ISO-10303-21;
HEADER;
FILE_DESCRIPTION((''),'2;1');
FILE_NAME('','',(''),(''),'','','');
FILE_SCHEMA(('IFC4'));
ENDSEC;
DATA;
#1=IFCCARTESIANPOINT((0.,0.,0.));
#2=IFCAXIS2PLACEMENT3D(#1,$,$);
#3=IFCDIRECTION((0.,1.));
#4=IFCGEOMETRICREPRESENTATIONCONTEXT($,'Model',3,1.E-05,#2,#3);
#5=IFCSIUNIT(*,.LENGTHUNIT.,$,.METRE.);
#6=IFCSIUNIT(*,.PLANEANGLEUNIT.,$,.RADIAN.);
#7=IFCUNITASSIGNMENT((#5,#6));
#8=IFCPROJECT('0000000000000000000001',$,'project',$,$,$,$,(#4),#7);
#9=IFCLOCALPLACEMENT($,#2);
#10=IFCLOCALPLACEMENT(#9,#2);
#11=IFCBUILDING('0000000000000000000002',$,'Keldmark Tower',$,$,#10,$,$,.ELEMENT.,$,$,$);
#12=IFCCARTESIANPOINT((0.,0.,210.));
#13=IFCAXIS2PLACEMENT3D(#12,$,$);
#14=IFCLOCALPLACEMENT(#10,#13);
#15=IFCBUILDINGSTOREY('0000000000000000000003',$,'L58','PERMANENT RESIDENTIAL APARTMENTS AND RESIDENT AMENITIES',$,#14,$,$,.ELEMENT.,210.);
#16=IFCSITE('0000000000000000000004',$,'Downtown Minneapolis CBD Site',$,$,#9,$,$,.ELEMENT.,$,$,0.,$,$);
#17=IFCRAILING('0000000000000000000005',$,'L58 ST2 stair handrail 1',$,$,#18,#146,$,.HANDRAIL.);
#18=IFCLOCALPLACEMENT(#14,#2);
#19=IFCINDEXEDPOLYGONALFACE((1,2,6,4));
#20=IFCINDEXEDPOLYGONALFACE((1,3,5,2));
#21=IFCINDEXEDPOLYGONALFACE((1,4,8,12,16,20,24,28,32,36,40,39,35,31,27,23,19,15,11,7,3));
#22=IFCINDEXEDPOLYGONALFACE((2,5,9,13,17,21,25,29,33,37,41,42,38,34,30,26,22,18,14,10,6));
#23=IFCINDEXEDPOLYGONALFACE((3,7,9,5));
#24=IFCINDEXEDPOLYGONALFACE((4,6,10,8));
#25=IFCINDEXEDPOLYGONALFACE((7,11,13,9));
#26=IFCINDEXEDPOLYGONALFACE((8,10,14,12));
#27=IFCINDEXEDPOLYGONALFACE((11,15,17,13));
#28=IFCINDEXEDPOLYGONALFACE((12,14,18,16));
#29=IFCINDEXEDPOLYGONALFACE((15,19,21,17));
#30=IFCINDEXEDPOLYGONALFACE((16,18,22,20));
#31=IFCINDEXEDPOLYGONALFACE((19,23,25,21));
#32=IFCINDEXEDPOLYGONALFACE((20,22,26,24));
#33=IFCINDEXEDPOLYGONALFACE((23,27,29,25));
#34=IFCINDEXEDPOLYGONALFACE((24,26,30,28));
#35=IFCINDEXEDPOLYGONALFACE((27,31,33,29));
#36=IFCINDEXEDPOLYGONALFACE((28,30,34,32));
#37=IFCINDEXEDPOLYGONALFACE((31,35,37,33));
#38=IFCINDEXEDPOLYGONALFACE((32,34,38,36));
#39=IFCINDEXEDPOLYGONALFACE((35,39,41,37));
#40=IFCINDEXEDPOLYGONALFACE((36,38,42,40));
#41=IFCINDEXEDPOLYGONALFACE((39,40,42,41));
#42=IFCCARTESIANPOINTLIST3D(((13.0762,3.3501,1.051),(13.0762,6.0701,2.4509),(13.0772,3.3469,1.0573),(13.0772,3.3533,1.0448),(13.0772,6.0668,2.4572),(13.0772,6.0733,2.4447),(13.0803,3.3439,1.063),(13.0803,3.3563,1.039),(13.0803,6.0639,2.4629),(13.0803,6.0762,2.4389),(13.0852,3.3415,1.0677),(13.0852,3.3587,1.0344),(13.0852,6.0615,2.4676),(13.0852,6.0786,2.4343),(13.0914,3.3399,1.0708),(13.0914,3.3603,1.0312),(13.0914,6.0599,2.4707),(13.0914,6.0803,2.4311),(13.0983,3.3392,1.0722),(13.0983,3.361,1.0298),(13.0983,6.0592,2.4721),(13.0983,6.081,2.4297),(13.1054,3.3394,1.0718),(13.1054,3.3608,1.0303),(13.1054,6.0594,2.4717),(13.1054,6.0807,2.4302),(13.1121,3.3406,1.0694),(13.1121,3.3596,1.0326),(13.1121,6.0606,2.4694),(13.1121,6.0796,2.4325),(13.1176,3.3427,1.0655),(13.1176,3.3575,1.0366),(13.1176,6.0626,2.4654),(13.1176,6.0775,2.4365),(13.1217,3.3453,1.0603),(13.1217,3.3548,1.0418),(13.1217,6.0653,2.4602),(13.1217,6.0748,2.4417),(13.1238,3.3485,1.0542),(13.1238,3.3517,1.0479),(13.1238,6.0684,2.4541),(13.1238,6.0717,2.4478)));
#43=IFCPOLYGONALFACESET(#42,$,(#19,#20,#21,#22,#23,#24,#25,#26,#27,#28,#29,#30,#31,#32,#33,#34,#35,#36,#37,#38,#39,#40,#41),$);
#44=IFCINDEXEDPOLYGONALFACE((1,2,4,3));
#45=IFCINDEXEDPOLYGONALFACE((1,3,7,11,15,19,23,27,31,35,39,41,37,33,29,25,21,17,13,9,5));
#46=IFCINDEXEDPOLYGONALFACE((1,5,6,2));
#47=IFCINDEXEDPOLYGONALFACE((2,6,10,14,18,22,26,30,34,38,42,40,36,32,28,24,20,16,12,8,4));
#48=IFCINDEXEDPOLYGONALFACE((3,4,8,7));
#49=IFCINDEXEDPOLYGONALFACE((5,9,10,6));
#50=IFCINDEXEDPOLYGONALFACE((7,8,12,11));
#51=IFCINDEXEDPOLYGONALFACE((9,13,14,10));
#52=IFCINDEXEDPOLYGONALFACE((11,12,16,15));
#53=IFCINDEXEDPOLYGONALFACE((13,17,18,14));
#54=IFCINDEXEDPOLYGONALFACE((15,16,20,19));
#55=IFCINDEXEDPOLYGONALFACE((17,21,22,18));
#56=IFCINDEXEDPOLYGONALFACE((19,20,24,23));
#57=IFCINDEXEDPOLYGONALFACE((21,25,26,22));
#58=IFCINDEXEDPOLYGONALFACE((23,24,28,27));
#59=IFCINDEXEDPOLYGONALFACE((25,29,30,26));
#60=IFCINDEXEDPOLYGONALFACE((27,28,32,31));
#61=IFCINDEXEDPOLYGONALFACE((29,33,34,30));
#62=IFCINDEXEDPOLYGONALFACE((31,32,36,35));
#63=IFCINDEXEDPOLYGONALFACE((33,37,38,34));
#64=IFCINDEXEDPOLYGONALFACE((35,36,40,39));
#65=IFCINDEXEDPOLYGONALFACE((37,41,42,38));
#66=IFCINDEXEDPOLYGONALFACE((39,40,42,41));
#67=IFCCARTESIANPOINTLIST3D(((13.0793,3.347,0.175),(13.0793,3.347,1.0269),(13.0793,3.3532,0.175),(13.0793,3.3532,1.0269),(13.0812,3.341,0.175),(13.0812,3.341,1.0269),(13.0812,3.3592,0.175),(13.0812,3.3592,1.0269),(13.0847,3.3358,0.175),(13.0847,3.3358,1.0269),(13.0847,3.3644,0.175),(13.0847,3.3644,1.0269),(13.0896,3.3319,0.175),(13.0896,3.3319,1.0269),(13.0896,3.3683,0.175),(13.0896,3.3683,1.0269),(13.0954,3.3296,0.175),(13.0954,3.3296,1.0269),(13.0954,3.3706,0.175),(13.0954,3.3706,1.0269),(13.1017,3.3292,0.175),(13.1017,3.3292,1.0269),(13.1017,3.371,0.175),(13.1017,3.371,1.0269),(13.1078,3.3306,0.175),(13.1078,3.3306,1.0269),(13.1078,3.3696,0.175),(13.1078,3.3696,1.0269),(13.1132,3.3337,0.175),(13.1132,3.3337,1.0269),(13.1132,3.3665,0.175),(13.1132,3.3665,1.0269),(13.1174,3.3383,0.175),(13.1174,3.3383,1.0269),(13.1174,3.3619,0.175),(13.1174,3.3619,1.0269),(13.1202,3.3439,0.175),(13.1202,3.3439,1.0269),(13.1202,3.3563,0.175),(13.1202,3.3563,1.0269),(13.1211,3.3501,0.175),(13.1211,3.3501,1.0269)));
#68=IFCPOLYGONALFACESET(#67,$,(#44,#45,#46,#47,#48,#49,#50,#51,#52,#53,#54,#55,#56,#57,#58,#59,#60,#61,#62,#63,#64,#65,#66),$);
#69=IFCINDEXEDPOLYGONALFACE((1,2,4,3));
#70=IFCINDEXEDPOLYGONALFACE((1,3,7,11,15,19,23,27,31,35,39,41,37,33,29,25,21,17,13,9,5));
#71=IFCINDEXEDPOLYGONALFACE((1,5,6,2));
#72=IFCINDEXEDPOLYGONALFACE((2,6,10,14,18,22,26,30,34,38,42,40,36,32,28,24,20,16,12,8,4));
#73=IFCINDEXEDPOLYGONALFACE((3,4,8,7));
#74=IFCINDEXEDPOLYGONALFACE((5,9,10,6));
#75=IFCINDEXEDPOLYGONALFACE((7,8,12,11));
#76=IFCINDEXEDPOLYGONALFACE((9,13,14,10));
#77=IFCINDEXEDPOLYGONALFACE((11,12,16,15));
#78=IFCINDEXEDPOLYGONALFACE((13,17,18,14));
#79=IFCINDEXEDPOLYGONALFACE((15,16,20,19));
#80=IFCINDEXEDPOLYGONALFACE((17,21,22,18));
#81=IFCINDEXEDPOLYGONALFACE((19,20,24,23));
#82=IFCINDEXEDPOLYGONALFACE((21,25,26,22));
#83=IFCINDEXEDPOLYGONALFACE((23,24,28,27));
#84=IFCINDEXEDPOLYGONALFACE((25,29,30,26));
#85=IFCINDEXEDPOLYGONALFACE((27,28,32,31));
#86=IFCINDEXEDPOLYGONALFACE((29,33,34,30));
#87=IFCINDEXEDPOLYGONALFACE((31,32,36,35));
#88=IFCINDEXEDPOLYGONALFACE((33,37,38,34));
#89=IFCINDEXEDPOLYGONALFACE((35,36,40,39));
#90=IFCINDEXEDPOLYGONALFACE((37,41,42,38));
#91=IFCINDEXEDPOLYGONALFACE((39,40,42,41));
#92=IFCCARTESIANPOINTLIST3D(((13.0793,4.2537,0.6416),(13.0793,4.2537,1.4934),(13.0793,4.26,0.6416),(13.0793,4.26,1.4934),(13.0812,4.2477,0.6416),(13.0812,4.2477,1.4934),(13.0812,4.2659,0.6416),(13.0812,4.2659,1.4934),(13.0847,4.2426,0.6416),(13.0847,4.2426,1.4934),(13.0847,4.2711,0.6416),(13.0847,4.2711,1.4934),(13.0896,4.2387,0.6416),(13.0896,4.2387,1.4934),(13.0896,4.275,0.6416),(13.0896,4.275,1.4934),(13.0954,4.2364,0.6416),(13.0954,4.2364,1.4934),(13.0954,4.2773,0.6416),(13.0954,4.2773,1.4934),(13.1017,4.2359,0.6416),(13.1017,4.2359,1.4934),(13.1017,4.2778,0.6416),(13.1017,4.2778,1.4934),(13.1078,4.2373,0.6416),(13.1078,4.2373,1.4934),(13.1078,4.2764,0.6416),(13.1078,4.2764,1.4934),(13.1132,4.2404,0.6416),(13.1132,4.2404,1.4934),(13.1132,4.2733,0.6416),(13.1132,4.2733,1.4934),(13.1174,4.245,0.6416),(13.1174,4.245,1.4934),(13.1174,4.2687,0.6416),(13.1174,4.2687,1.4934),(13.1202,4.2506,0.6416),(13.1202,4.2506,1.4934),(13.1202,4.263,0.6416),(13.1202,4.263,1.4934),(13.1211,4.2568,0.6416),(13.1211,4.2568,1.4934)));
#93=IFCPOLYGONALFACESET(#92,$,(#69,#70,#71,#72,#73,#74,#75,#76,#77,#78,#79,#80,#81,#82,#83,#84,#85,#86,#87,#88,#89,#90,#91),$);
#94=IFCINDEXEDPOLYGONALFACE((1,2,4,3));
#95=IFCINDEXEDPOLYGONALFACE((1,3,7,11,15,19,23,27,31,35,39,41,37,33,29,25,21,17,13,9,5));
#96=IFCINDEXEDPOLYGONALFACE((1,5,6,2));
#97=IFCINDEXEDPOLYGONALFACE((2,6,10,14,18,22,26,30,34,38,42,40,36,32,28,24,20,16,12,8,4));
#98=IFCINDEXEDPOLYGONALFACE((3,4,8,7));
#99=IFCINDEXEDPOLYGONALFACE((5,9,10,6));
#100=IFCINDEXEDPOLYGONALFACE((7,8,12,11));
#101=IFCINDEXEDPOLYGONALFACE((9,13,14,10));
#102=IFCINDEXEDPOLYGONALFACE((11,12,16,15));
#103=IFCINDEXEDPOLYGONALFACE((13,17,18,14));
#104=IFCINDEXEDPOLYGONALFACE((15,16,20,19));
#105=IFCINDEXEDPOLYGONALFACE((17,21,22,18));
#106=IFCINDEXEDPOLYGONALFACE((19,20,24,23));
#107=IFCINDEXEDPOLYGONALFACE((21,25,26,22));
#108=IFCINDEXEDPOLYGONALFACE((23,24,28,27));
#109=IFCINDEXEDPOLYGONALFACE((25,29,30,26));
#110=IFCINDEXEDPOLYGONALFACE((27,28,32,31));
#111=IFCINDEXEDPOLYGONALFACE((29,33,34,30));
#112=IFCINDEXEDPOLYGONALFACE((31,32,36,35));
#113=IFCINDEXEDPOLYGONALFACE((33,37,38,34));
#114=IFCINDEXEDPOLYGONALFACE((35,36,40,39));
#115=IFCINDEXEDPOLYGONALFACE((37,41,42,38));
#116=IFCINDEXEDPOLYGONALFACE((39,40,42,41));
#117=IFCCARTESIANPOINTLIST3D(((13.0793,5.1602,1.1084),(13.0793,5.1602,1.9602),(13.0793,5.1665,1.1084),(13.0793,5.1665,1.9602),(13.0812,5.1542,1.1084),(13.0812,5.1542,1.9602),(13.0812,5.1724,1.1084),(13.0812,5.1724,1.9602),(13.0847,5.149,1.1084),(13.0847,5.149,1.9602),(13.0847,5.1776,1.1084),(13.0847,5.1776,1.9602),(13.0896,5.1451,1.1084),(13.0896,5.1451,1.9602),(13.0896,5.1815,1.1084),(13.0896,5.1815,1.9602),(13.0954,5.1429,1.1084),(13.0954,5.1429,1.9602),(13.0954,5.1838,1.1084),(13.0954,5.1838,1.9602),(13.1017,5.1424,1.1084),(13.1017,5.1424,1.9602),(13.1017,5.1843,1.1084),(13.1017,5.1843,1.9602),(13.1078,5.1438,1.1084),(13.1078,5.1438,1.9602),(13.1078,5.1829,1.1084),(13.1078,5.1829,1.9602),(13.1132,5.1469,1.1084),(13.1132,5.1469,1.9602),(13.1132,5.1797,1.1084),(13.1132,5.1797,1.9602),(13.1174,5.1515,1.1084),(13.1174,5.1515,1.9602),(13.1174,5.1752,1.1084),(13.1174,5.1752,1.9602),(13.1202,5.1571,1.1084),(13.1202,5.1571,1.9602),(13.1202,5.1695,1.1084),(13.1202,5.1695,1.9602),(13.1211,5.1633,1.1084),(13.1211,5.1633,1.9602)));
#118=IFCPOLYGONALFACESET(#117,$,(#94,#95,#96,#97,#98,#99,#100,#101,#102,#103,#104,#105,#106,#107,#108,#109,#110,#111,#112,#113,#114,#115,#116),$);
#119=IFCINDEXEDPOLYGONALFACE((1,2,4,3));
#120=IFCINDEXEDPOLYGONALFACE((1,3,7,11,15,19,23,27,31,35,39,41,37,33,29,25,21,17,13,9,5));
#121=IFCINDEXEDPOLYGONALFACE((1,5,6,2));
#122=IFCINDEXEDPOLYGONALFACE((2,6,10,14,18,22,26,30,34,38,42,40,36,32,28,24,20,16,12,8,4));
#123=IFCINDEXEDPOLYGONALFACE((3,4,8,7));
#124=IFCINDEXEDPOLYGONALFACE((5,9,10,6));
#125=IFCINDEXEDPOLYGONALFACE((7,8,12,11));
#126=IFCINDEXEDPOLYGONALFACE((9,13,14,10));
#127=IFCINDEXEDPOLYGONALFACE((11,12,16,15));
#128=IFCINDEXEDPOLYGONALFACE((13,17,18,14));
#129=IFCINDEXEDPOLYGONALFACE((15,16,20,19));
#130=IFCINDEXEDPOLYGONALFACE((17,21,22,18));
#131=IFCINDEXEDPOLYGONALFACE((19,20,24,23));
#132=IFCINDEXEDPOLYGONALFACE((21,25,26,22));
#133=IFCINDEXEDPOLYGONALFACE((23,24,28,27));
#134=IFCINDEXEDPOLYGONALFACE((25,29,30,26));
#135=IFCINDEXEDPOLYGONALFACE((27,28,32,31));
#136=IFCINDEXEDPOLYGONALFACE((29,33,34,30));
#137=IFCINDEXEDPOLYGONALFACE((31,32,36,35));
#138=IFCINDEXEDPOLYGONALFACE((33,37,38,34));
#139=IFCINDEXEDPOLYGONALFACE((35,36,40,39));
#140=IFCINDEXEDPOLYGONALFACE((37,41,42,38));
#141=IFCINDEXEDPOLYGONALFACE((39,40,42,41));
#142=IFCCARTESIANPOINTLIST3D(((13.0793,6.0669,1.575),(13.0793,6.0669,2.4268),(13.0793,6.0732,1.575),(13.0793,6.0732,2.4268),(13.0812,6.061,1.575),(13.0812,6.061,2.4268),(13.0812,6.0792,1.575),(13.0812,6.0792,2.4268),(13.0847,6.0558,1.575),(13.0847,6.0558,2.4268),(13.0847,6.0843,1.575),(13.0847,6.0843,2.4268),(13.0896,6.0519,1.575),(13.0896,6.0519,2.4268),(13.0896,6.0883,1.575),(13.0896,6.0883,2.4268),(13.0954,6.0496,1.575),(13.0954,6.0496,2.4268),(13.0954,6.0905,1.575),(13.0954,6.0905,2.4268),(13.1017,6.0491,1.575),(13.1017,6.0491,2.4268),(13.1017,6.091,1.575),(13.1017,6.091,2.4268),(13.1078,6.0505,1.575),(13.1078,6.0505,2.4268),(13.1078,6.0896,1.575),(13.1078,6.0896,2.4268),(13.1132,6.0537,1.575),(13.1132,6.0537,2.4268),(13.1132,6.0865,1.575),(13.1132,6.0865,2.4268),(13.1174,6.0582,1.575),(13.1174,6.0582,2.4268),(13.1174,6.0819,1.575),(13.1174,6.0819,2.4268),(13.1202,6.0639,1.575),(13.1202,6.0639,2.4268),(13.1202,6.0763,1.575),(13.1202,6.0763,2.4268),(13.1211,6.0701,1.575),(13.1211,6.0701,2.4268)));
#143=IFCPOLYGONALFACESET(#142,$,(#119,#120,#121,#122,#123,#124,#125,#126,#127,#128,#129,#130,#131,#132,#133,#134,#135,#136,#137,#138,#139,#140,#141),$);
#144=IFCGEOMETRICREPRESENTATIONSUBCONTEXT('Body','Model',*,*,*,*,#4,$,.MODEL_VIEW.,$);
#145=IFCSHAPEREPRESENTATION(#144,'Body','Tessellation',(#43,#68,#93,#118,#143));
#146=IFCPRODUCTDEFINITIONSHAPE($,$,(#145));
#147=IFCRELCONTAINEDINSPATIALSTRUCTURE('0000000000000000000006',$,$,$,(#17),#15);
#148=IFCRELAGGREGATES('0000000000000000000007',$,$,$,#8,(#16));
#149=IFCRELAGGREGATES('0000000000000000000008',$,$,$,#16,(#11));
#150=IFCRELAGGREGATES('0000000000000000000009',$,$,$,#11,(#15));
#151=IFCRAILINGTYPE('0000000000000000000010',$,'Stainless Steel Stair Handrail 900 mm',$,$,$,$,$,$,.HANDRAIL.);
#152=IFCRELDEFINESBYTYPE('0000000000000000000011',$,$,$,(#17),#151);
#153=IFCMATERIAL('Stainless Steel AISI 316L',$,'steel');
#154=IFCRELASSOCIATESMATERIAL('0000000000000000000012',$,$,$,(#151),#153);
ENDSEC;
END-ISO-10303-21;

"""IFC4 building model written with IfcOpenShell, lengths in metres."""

from ifc_helpers import new_model, si_unit, direction, frame, origin, origin_2d, place, context, subcontext, project, spatial, circle, extrude, material, type_object, element, save


model = new_model("IFC4")

# Units and contexts
model_context = context("Model", 3, precision=1e-05, world=origin(), true_north=direction((0.0, 1.0)))
body_context = subcontext(model_context, "Body", "Model", "MODEL_VIEW")
ifc_project = project(units=[si_unit("LENGTHUNIT", "METRE"), si_unit("PLANEANGLEUNIT", "RADIAN")], contexts=[model_context])

# Site, building, storey
site_placement = place(None, origin())
site = spatial("IfcSite", under=ifc_project, at=site_placement, Name="Downtown Minneapolis CBD Site", CompositionType="ELEMENT", RefElevation=0.0)
building_placement = place(site_placement, origin())
building = spatial("IfcBuilding", under=site, at=building_placement, Name="Keldmark Tower", CompositionType="ELEMENT")
storey_placement = place(building_placement, frame((0.0, 0.0, 210.0)))
storey = spatial("IfcBuildingStorey", under=building, at=storey_placement, Name="L58", Description="PERMANENT RESIDENTIAL APARTMENTS AND RESIDENT AMENITIES", CompositionType="ELEMENT", Elevation=210.0)

# Railing
ifc_material_1 = material(Name="Stainless Steel AISI 316L", Category="steel")
railing_type_1 = type_object("IfcRailingType", Name="Stainless Steel Stair Handrail 900 mm", PredefinedType="HANDRAIL", material=ifc_material_1)
railing_1_placement = place(storey_placement, frame((13.1001, 3.3501, 0.175)))
element("IfcRailing", 1, at=railing_1_placement, inside=storey, type_object=railing_type_1, Name="L58 ST2 stair handrail 1", PredefinedType="HANDRAIL", context=body_context, shape_type="SweptSolid", body=[
    extrude(circle(Radius=0.0239, at=origin_2d()), frame((0.0, 0.0, 0.876), z_axis=(0.0, 0.889147, 0.457622), x_axis=(-1.0, 0.0, 0.0)), (0.0, 0.0, 1.0), 3.0591),
    extrude(circle(Radius=0.021, at=origin_2d()), origin(), (0.0, 0.0, 1.0), 0.8518),
    extrude(circle(Radius=0.021, at=origin_2d()), frame((0.0, 0.9067, 0.4666)), (0.0, 0.0, 1.0), 0.8518),
    extrude(circle(Radius=0.021, at=origin_2d()), frame((0.0, 1.8132, 0.9333)), (0.0, 0.0, 1.0), 0.8518),
    extrude(circle(Radius=0.021, at=origin_2d()), frame((0.0, 2.72, 1.3999)), (0.0, 0.0, 1.0), 0.8518),
])

save(model, "model.ifc")
